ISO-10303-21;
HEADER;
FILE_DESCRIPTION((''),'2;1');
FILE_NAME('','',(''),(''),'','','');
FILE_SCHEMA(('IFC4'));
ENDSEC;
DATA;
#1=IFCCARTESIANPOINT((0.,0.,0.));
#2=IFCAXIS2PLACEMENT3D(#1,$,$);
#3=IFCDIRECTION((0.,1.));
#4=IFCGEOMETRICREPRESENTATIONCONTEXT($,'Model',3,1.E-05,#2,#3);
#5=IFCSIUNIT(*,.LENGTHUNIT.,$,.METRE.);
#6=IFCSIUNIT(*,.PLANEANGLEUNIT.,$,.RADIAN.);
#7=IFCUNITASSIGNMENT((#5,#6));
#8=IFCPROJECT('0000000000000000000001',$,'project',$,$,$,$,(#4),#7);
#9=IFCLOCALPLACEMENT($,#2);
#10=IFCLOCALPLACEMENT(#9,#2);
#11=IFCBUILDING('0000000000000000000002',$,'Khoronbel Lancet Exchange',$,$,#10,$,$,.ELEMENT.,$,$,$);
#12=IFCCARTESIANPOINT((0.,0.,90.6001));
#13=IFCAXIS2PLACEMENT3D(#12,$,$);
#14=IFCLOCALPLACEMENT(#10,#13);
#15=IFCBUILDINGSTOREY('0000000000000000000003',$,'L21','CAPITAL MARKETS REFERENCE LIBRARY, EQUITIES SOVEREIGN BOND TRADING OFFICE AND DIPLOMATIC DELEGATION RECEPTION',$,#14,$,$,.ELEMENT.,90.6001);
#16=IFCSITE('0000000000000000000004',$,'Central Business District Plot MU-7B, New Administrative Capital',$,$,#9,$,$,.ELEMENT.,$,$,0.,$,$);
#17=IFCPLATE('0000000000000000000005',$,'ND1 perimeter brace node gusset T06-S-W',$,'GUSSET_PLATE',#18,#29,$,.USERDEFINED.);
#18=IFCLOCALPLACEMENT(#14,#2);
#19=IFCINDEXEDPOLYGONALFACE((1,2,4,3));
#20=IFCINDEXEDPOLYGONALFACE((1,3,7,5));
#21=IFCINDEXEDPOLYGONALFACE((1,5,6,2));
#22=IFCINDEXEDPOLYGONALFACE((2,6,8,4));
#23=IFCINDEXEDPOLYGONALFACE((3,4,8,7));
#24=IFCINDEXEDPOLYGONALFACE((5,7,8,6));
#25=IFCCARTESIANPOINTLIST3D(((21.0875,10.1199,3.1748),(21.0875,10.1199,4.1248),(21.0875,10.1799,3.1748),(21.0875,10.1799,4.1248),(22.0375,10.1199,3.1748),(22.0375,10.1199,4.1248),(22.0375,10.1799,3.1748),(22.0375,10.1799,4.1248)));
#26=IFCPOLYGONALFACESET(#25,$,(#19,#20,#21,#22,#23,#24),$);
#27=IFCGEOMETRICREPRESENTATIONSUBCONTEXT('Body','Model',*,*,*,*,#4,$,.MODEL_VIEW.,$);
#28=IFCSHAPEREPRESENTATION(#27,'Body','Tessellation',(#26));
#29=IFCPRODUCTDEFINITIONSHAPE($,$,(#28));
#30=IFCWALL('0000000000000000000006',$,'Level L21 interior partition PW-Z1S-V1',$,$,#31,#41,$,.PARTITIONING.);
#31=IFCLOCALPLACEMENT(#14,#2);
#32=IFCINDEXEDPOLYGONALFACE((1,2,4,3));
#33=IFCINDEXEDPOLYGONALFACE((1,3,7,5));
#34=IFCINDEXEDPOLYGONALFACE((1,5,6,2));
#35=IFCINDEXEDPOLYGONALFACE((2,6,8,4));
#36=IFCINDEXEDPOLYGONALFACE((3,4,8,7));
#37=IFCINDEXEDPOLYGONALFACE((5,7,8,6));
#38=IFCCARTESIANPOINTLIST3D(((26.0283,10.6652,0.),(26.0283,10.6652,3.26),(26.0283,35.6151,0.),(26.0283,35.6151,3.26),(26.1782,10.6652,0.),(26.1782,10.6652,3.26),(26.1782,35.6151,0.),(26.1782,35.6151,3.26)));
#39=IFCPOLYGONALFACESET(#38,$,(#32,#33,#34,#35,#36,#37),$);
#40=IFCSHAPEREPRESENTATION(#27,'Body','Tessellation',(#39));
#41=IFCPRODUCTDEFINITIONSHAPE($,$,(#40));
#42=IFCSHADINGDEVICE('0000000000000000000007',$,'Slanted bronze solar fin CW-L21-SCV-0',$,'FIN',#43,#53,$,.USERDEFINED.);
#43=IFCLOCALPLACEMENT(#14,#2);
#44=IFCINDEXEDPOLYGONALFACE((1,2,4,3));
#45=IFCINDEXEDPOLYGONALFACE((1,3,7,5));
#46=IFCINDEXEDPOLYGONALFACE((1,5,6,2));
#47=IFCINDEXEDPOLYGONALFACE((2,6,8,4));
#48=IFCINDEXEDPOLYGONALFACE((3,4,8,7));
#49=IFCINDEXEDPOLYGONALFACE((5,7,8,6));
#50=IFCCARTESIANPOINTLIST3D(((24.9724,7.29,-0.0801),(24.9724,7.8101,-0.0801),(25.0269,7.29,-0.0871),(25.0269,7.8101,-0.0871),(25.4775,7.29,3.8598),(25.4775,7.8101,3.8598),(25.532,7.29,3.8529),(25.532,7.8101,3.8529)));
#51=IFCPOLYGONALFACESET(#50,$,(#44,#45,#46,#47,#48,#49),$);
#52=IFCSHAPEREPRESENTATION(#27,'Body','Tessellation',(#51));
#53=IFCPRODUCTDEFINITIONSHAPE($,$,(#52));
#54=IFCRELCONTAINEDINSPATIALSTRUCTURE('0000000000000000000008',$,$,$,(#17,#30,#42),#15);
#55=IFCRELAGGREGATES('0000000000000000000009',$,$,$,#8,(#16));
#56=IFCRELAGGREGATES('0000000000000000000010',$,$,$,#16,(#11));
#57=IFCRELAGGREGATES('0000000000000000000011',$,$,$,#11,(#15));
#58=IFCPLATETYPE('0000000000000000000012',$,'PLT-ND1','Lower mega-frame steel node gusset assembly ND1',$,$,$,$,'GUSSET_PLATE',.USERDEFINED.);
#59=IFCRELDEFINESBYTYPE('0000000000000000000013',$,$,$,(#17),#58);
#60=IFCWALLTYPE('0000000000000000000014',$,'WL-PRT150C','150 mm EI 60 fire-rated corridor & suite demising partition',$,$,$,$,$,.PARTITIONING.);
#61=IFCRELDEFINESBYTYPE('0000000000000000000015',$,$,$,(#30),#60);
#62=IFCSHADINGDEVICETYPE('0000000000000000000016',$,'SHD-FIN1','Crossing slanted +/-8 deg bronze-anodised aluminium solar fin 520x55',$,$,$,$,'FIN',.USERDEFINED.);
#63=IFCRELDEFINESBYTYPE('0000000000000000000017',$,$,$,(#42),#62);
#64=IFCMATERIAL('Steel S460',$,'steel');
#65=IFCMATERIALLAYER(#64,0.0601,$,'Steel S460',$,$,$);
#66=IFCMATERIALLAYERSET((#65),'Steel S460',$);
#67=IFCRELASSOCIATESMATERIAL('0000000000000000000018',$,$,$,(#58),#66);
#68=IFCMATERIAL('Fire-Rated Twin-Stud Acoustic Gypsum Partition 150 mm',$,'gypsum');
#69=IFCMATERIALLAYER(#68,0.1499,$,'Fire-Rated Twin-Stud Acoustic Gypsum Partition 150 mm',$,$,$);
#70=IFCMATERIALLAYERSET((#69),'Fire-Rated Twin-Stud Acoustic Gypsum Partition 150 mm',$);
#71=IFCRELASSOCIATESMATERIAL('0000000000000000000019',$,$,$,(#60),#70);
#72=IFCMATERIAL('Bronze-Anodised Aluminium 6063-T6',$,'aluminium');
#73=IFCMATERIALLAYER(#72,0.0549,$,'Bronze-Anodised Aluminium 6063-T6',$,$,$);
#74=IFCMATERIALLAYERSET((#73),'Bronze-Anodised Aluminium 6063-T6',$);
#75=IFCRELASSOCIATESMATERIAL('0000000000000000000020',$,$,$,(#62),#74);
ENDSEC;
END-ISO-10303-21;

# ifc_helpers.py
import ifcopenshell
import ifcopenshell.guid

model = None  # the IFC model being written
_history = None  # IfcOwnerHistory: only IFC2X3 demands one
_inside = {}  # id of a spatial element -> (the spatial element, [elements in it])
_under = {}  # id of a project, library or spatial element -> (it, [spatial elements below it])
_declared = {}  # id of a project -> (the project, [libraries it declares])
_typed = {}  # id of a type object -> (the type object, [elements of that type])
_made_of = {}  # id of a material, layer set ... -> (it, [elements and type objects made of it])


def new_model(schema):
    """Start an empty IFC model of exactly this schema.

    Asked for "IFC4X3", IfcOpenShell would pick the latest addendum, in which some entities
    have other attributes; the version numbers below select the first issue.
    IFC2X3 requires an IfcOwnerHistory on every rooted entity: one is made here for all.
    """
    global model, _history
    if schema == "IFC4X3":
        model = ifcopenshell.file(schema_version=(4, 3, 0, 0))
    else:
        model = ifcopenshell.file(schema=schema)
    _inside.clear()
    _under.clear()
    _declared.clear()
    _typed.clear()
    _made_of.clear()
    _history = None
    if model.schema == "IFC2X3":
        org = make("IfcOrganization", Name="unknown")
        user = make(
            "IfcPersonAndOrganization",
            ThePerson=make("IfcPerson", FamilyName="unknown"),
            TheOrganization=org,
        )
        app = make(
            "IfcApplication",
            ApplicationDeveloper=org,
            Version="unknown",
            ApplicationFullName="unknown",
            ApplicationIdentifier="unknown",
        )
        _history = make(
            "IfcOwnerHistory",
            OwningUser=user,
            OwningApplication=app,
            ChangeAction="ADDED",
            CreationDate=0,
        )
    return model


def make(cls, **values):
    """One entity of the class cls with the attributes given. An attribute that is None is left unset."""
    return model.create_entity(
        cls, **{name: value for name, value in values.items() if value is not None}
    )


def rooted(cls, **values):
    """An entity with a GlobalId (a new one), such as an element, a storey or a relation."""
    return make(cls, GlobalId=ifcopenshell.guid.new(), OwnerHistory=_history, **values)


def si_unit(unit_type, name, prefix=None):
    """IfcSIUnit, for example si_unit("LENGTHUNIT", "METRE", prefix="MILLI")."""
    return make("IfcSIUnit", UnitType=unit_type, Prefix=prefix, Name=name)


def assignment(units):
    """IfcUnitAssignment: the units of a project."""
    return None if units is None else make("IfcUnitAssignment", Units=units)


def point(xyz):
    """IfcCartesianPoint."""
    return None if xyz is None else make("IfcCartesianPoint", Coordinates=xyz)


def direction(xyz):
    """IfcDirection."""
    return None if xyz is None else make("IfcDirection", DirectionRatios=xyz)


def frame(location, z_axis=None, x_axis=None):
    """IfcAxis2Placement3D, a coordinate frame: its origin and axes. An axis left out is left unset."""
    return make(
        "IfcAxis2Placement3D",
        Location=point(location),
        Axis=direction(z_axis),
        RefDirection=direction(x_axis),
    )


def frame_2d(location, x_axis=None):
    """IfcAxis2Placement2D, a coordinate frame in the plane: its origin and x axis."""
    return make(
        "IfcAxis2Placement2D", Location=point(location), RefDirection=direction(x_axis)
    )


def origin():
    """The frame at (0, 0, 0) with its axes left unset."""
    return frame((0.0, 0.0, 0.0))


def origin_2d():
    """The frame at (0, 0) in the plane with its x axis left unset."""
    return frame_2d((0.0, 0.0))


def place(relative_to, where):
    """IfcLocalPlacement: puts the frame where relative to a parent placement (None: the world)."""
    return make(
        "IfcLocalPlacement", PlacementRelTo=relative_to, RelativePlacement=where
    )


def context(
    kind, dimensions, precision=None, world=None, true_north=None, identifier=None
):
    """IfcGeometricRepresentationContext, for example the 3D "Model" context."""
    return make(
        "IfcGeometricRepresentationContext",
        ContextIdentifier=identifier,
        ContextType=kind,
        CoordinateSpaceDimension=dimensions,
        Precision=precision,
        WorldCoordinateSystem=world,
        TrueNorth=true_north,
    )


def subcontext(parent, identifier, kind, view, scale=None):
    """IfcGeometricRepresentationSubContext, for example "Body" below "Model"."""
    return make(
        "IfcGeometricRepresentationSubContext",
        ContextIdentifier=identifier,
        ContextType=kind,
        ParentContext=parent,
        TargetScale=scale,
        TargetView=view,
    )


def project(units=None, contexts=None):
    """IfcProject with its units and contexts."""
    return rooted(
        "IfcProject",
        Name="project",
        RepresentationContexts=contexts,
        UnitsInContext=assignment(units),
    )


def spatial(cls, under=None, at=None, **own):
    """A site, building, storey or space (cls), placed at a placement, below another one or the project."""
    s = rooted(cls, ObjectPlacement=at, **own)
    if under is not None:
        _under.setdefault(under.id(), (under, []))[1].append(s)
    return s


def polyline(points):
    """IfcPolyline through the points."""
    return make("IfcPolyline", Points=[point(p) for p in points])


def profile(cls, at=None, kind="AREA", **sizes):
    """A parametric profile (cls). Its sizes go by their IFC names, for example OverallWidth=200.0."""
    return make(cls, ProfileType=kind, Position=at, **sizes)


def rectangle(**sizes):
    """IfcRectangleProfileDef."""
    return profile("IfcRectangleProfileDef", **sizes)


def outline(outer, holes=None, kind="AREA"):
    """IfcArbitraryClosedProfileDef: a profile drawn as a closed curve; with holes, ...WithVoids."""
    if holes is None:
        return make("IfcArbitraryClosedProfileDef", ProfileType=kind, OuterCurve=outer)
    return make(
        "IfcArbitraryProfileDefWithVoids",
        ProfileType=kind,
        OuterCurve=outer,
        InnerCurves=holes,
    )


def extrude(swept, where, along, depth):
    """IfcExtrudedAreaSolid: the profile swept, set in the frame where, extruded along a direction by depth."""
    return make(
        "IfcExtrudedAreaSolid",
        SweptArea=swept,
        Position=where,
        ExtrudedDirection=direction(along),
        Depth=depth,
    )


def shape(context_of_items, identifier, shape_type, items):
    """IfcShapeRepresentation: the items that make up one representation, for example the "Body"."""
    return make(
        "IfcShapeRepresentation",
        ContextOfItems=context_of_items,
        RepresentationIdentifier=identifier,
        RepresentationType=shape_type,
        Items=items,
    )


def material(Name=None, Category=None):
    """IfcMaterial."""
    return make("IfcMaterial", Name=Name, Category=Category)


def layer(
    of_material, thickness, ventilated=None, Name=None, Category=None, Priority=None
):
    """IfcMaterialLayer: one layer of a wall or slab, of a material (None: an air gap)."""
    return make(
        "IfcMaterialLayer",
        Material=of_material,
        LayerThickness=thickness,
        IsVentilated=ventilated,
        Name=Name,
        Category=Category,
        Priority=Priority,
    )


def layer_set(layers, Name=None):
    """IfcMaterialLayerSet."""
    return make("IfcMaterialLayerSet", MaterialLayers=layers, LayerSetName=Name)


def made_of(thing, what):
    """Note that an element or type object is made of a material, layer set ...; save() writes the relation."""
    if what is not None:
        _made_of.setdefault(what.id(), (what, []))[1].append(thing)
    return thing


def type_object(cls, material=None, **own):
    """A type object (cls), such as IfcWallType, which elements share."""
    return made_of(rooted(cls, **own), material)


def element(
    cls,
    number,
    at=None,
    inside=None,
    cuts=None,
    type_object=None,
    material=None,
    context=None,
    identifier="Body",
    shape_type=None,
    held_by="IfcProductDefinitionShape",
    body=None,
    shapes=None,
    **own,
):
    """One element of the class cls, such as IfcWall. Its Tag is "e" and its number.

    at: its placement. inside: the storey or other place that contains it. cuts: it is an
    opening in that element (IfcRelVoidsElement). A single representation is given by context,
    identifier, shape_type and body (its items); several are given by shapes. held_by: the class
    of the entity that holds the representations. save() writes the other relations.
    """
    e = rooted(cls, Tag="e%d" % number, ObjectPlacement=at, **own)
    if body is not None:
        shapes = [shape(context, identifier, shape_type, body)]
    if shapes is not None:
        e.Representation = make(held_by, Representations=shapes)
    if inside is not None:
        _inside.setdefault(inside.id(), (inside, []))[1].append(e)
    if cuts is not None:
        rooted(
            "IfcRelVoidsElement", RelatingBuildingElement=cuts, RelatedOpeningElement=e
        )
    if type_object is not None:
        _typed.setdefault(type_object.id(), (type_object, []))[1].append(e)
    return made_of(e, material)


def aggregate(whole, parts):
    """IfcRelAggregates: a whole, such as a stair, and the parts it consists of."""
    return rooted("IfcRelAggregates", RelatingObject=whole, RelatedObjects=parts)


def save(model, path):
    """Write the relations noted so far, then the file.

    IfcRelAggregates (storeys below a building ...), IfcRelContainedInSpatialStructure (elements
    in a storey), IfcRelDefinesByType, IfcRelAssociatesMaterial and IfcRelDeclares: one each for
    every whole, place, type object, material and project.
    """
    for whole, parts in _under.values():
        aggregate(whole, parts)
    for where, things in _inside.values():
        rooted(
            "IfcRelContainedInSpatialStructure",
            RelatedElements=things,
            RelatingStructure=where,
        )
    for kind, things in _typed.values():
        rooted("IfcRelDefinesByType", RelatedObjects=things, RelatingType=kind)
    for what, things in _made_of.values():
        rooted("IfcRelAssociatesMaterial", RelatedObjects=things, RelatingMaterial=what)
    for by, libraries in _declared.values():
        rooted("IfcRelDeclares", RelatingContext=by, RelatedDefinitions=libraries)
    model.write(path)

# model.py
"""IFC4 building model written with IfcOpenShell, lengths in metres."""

from ifc_helpers import new_model, si_unit, direction, frame, frame_2d, origin, origin_2d, place, context, subcontext, project, spatial, polyline, rectangle, outline, extrude, material, layer, layer_set, type_object, element, save


model = new_model("IFC4")

# Units and contexts
model_context = context("Model", 3, precision=1e-05, world=origin(), true_north=direction((0.0, 1.0)))
body_context = subcontext(model_context, "Body", "Model", "MODEL_VIEW")
ifc_project = project(units=[si_unit("LENGTHUNIT", "METRE"), si_unit("PLANEANGLEUNIT", "RADIAN")], contexts=[model_context])

# Site, building, storey
site_placement = place(None, origin())
site = spatial("IfcSite", under=ifc_project, at=site_placement, Name="Central Business District Plot MU-7B, New Administrative Capital", CompositionType="ELEMENT", RefElevation=0.0)
building_placement = place(site_placement, origin())
building = spatial("IfcBuilding", under=site, at=building_placement, Name="Khoronbel Lancet Exchange", CompositionType="ELEMENT")
storey_placement = place(building_placement, frame((0.0, 0.0, 90.6001)))
storey = spatial("IfcBuildingStorey", under=building, at=storey_placement, Name="L21", Description="CAPITAL MARKETS REFERENCE LIBRARY, EQUITIES SOVEREIGN BOND TRADING OFFICE AND DIPLOMATIC DELEGATION RECEPTION", CompositionType="ELEMENT", Elevation=90.6001)

# Shared definitions
ifc_material_1 = material(Name="Steel S460", Category="steel")

# Shared definitions
ifc_material_2 = material(Name="Bronze-Anodised Aluminium 6063-T6", Category="aluminium")

# Plate
ifc_layer_1 = layer(ifc_material_1, 0.0601, Name="Steel S460")
ifc_layer_set_1 = layer_set([ifc_layer_1], Name="Steel S460")
plate_type_1 = type_object("IfcPlateType", Name="PLT-ND1", Description="Lower mega-frame steel node gusset assembly ND1", ElementType="GUSSET_PLATE", PredefinedType="USERDEFINED", material=ifc_layer_set_1)
plate_1_placement = place(storey_placement, frame((21.5625, 10.1499, 3.1748), z_axis=(0.0, 0.0, 1.0), x_axis=(1.0, 0.0, 0.0)))
element("IfcPlate", 1, at=plate_1_placement, inside=storey, type_object=plate_type_1, Name="ND1 perimeter brace node gusset T06-S-W", ObjectType="GUSSET_PLATE", PredefinedType="USERDEFINED", context=body_context, shape_type="SweptSolid", body=[
    extrude(rectangle(XDim=0.95, YDim=0.0601, at=origin_2d()), origin(), (0.0, 0.0, 1.0), 0.95),
])

# Wall
ifc_material_3 = material(Name="Fire-Rated Twin-Stud Acoustic Gypsum Partition 150 mm", Category="gypsum")
ifc_layer_2 = layer(ifc_material_3, 0.1499, Name="Fire-Rated Twin-Stud Acoustic Gypsum Partition 150 mm")
ifc_layer_set_2 = layer_set([ifc_layer_2], Name="Fire-Rated Twin-Stud Acoustic Gypsum Partition 150 mm")
wall_type = type_object("IfcWallType", Name="WL-PRT150C", Description="150 mm EI 60 fire-rated corridor & suite demising partition", PredefinedType="PARTITIONING", material=ifc_layer_set_2)
wall_placement = place(storey_placement, frame((26.1033, 10.665, 0.0), z_axis=(0.0, 0.0, 1.0), x_axis=(0.0, 1.0, 0.0)))
element("IfcWall", 2, at=wall_placement, inside=storey, type_object=wall_type, Name="Level L21 interior partition PW-Z1S-V1", PredefinedType="PARTITIONING", context=body_context, shape_type="SweptSolid", body=[
    extrude(rectangle(XDim=24.95, YDim=0.1499, at=frame_2d((12.4751, 0.0))), origin(), (0.0, 0.0, 1.0), 3.26),
])

# Shading device
ifc_layer_3 = layer(ifc_material_2, 0.0549, Name="Bronze-Anodised Aluminium 6063-T6")
ifc_layer_set_3 = layer_set([ifc_layer_3], Name="Bronze-Anodised Aluminium 6063-T6")
shading_device_type = type_object("IfcShadingDeviceType", Name="SHD-FIN1", Description="Crossing slanted +/-8 deg bronze-anodised aluminium solar fin 520x55", ElementType="FIN", PredefinedType="USERDEFINED", material=ifc_layer_set_3)
shading_device_placement = place(storey_placement, frame((24.9724, 7.8101, -0.0801), z_axis=(-0.991881, 0.0, 0.127166), x_axis=(0.0, -1.0, 0.0)))
element("IfcShadingDevice", 3, at=shading_device_placement, inside=storey, type_object=shading_device_type, Name="Slanted bronze solar fin CW-L21-SCV-0", ObjectType="FIN", PredefinedType="USERDEFINED", context=body_context, shape_type="SweptSolid", body=[
    extrude(outline(polyline([(0.0, 0.0), (0.52, 0.0), (0.52, 3.9722), (0.0, 3.9722), (0.0, 0.0)])), origin(), (0.0, 0.0, -1.0), 0.0549),
])

save(model, "model.ifc")
